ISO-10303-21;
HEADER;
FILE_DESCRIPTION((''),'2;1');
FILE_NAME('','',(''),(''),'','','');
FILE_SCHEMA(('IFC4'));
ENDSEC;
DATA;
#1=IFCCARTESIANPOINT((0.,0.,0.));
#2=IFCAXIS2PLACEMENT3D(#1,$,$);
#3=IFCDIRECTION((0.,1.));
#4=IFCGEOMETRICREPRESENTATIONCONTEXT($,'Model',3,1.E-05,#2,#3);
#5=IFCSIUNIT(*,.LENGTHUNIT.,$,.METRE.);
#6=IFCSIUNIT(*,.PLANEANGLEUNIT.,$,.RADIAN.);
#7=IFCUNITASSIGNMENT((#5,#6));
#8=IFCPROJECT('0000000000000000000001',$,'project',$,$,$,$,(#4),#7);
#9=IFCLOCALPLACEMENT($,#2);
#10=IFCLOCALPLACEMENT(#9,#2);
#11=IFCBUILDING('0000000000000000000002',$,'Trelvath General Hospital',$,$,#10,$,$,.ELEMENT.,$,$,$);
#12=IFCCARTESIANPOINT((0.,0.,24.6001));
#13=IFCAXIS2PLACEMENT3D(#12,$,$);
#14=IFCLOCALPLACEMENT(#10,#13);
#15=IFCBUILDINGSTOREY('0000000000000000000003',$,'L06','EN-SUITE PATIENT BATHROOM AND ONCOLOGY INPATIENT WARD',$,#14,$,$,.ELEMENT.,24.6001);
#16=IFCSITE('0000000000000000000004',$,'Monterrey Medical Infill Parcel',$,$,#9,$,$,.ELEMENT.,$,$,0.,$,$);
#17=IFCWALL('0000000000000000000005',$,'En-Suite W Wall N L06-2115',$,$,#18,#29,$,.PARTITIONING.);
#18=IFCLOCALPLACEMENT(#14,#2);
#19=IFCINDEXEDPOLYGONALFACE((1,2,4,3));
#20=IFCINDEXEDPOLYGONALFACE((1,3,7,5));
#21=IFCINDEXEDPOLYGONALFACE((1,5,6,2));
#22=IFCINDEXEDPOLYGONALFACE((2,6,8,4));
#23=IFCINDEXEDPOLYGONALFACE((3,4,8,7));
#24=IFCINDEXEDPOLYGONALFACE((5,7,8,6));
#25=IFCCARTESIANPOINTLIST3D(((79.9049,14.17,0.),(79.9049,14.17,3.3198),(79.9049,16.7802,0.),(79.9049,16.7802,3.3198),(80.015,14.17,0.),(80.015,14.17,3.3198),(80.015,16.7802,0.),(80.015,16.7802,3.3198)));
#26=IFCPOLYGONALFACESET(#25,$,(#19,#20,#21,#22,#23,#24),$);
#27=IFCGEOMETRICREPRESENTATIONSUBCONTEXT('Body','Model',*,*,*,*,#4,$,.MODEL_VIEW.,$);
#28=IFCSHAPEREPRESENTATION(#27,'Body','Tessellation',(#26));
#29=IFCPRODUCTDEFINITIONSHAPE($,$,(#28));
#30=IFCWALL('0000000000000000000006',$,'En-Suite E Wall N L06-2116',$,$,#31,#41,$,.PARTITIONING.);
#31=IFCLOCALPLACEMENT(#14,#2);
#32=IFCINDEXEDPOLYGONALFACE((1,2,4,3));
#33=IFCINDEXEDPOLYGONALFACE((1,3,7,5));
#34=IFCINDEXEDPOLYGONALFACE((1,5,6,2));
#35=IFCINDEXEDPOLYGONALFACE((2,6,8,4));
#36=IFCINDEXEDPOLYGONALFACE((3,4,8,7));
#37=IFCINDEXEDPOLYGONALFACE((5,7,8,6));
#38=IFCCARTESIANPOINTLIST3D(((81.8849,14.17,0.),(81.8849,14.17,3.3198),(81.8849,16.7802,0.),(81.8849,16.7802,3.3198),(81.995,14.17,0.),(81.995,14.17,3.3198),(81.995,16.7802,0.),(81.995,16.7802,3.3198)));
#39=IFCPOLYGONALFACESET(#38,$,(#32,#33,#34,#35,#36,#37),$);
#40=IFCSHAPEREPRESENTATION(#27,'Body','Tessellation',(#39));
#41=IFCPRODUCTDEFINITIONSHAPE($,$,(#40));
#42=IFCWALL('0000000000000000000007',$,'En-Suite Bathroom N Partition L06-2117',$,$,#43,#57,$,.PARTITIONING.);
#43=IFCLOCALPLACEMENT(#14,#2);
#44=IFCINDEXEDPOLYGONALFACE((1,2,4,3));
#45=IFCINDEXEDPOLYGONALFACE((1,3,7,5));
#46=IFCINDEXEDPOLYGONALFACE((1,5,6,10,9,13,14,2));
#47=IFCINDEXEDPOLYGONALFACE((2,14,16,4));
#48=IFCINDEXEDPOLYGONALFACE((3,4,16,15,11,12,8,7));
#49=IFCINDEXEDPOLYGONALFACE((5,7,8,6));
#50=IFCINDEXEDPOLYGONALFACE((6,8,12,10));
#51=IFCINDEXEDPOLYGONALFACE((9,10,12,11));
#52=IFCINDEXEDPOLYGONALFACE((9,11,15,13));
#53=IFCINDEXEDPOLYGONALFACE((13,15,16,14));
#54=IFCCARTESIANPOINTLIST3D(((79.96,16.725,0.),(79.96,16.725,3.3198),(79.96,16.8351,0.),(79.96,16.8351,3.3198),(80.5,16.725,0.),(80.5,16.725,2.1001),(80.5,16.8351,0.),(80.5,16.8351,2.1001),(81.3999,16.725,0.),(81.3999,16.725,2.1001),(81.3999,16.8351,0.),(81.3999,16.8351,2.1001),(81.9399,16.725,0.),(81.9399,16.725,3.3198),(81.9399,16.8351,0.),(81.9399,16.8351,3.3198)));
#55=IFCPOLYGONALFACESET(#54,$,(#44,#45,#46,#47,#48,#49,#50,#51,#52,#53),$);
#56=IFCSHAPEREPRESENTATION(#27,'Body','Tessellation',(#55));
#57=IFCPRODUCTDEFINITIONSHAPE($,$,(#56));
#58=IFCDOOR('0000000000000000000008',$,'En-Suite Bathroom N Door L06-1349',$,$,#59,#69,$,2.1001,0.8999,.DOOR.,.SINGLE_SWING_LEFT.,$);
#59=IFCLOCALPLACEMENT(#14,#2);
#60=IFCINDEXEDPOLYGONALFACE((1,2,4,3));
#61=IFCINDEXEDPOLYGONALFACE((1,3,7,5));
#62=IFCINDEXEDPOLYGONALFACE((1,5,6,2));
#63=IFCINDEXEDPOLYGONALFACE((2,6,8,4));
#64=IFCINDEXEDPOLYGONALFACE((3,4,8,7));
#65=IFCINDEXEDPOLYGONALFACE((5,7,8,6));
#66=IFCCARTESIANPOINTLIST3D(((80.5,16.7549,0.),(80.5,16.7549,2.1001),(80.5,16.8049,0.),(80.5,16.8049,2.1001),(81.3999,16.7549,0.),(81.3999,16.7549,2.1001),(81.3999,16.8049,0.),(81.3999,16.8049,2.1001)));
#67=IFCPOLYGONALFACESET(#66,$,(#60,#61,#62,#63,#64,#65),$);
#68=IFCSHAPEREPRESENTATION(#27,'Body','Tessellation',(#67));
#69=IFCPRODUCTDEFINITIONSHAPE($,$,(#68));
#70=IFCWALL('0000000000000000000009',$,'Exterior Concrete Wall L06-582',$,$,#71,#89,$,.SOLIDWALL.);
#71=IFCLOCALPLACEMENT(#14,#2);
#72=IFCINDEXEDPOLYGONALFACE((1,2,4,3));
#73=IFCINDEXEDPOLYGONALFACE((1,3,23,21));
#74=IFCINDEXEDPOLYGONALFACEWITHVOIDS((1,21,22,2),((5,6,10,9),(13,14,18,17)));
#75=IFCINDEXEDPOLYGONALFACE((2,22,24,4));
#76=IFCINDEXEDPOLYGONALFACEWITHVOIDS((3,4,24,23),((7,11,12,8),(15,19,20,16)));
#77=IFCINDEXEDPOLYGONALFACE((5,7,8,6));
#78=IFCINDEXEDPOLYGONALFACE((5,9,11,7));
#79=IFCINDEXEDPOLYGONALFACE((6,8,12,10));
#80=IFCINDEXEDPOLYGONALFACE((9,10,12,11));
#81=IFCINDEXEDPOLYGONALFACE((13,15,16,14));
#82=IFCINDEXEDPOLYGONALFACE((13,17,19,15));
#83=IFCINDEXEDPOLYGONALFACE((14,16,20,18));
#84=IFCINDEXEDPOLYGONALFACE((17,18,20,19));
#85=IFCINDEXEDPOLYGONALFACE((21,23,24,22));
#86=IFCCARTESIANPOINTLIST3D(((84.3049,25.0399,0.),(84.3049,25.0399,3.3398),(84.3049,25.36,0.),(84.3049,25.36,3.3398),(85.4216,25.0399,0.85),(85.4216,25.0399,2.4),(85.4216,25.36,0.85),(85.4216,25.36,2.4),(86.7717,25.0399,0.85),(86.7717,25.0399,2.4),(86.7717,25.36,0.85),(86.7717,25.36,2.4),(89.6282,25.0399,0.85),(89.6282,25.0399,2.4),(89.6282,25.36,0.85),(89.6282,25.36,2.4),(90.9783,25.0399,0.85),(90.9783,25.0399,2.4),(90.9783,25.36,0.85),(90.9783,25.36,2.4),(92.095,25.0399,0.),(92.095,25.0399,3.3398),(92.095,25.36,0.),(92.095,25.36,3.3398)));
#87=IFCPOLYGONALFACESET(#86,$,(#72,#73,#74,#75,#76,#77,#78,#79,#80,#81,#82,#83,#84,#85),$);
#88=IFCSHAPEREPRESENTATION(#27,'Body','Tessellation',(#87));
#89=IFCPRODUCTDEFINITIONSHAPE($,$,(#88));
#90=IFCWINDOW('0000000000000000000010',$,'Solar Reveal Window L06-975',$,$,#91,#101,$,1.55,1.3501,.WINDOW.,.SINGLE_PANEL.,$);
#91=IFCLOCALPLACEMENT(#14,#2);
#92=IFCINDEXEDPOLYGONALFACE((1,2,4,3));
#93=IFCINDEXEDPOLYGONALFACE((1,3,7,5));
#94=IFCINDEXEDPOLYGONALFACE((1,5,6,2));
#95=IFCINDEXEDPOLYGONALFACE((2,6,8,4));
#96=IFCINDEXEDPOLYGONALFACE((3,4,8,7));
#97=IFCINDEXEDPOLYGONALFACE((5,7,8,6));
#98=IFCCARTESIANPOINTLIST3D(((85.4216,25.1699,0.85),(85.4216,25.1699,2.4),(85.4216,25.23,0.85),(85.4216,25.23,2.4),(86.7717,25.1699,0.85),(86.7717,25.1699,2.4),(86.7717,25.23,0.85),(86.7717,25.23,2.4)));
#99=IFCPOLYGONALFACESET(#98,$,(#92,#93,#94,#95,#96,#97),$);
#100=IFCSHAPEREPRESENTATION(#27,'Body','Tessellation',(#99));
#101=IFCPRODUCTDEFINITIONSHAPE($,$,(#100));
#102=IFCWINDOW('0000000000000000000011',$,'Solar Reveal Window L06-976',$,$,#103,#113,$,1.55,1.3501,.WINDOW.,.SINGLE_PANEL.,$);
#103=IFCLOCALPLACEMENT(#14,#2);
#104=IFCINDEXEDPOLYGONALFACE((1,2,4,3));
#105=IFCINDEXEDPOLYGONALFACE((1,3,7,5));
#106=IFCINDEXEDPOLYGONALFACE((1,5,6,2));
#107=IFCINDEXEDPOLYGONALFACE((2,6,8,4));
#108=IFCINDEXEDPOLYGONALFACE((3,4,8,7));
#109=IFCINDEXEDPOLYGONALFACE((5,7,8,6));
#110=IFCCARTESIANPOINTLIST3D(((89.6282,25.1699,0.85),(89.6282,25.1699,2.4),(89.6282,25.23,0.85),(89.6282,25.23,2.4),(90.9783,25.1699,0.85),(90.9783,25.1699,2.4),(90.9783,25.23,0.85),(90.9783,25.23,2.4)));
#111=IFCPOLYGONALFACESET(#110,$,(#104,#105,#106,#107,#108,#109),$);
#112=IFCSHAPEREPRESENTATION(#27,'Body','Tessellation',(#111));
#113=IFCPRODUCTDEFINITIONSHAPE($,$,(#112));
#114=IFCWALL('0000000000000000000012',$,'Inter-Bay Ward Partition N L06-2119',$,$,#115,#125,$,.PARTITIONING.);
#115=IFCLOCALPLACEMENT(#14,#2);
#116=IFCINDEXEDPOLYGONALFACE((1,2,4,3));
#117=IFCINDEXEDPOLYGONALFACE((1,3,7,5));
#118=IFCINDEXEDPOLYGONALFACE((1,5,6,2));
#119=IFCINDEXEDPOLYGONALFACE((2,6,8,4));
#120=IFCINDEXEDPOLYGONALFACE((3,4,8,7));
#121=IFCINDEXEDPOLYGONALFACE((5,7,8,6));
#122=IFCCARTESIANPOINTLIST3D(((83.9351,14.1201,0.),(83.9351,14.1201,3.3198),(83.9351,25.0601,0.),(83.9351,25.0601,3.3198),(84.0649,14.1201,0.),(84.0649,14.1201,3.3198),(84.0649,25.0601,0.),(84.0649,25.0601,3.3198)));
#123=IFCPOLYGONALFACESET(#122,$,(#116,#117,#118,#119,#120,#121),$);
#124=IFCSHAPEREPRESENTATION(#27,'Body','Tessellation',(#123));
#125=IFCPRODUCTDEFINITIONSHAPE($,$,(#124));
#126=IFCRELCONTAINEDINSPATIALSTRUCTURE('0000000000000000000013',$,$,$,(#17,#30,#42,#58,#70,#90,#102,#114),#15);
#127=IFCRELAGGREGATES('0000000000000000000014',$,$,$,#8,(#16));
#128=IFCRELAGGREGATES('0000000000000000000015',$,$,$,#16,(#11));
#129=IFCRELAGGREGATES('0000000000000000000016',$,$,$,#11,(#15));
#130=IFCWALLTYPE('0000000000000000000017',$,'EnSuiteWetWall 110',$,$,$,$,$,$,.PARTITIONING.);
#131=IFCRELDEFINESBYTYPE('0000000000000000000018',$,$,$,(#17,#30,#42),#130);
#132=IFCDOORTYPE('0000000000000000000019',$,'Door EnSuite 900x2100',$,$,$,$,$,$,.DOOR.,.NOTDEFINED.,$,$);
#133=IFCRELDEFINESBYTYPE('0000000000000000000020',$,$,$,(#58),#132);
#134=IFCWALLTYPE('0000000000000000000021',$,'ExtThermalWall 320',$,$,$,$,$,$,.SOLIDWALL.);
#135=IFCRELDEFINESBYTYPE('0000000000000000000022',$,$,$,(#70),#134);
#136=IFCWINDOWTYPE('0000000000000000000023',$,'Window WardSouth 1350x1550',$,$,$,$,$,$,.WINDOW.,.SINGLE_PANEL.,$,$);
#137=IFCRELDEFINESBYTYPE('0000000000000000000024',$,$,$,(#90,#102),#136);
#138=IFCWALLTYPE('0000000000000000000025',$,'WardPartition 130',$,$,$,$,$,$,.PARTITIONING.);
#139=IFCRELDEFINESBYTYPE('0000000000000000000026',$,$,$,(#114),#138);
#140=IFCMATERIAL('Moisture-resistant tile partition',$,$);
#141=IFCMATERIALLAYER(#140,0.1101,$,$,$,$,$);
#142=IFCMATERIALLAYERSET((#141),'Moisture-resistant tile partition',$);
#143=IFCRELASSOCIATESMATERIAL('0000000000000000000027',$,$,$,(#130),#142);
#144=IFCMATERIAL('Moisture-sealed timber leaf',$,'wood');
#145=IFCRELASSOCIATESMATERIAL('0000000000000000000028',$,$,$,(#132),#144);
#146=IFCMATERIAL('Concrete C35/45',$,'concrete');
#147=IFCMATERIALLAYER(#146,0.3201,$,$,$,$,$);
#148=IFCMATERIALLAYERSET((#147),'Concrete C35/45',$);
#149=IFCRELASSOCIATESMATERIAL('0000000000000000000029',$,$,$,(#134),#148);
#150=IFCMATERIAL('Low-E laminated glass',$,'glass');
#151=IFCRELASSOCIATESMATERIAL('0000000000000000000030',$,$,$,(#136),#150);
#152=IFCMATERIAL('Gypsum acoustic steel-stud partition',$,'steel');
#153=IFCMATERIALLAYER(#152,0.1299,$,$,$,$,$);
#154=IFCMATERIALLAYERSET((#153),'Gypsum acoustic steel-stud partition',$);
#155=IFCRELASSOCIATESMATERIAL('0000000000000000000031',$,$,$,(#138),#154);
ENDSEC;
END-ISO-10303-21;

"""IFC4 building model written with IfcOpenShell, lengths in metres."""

from ifc_helpers import new_model, si_unit, direction, frame, frame_2d, origin, place, context, subcontext, project, spatial, rectangle, extrude, material, layer, layer_set, type_object, element, fill, save


model = new_model("IFC4")

# Units and contexts
model_context = context("Model", 3, precision=1e-05, world=origin(), true_north=direction((0.0, 1.0)))
body_context = subcontext(model_context, "Body", "Model", "MODEL_VIEW")
ifc_project = project(units=[si_unit("LENGTHUNIT", "METRE"), si_unit("PLANEANGLEUNIT", "RADIAN")], contexts=[model_context])

# Site, building, storey
site_placement = place(None, origin())
site = spatial("IfcSite", under=ifc_project, at=site_placement, Name="Monterrey Medical Infill Parcel", CompositionType="ELEMENT", RefElevation=0.0)
building_placement = place(site_placement, origin())
building = spatial("IfcBuilding", under=site, at=building_placement, Name="Trelvath General Hospital", CompositionType="ELEMENT")
storey_placement = place(building_placement, frame((0.0, 0.0, 24.6001)))
storey = spatial("IfcBuildingStorey", under=building, at=storey_placement, Name="L06", Description="EN-SUITE PATIENT BATHROOM AND ONCOLOGY INPATIENT WARD", CompositionType="ELEMENT", Elevation=24.6001)

# Walls
ifc_material_1 = material(Name="Moisture-resistant tile partition")
ifc_layer_1 = layer(ifc_material_1, 0.1101)
ifc_layer_set_1 = layer_set([ifc_layer_1], Name="Moisture-resistant tile partition")
wall_type_1 = type_object("IfcWallType", Name="EnSuiteWetWall 110", PredefinedType="PARTITIONING", material=ifc_layer_set_1)
for number, where, z_axis, x_axis, name in (
    (1, (79.96, 14.1699, 0.0), (0.0, 0.0, 1.0), (0.0, 1.0, 0.0), "En-Suite W Wall N L06-2115"),
    (2, (81.9399, 14.1699, 0.0), (0.0, 0.0, 1.0), (0.0, 1.0, 0.0), "En-Suite E Wall N L06-2116"),
):
    element("IfcWall", number, at=place(storey_placement, frame(where, z_axis=z_axis, x_axis=x_axis)), inside=storey, type_object=wall_type_1, Name=name, PredefinedType="PARTITIONING", context=body_context, shape_type="SweptSolid", body=[
        extrude(rectangle(XDim=2.6101, YDim=0.1101, at=frame_2d((1.3052, 0.0))), origin(), (0.0, 0.0, 1.0), 3.3198),
    ])

# Wall, opening, door
wall_1_placement = place(storey_placement, frame((79.96, 16.78, 0.0), z_axis=(0.0, 0.0, 1.0), x_axis=(1.0, 0.0, 0.0)))
wall_1 = element("IfcWall", 3, at=wall_1_placement, inside=storey, type_object=wall_type_1, Name="En-Suite Bathroom N Partition L06-2117", PredefinedType="PARTITIONING", context=body_context, shape_type="SweptSolid", body=[
    extrude(rectangle(XDim=1.98, YDim=0.1101, at=frame_2d((0.99, 0.0))), origin(), (0.0, 0.0, 1.0), 3.3198),
])
opening_1_placement = place(wall_1_placement, frame((0.54, 0.0, 0.0)))
opening_1 = element("IfcOpeningElement", 4, at=opening_1_placement, cuts=wall_1, PredefinedType="OPENING", context=body_context, shape_type="SweptSolid", body=[
    extrude(rectangle(XDim=0.8999, YDim=2.1001, at=frame_2d((0.45, 1.05))), frame((0.0, 0.0649, 0.0), z_axis=(0.0, -1.0, 0.0), x_axis=(1.0, 0.0, 0.0)), (0.0, 0.0, 1.0), 0.1301),
])
ifc_material_2 = material(Name="Moisture-sealed timber leaf", Category="wood")
door_type_1 = type_object("IfcDoorType", Name="Door EnSuite 900x2100", OperationType="NOTDEFINED", PredefinedType="DOOR", material=ifc_material_2)
door_1_placement = place(opening_1_placement, origin())
door_1 = element("IfcDoor", 5, at=door_1_placement, inside=storey, type_object=door_type_1, Name="En-Suite Bathroom N Door L06-1349", OperationType="SINGLE_SWING_LEFT", OverallHeight=2.1001, OverallWidth=0.8999, PredefinedType="DOOR", context=body_context, shape_type="SweptSolid", body=[
    extrude(rectangle(XDim=0.8999, YDim=2.1001, at=frame_2d((0.45, 1.05))), frame((0.0, 0.0249, 0.0), z_axis=(0.0, -1.0, 0.0), x_axis=(1.0, 0.0, 0.0)), (0.0, 0.0, 1.0), 0.05),
])
fill(opening_1, door_1)

# Wall, openings, windows
ifc_material_3 = material(Name="Concrete C35/45", Category="concrete")
ifc_layer_2 = layer(ifc_material_3, 0.3201)
ifc_layer_set_2 = layer_set([ifc_layer_2], Name="Concrete C35/45")
wall_type_2 = type_object("IfcWallType", Name="ExtThermalWall 320", PredefinedType="SOLIDWALL", material=ifc_layer_set_2)
wall_2_placement = place(storey_placement, frame((84.3049, 25.2, 0.0), z_axis=(0.0, 0.0, 1.0), x_axis=(1.0, 0.0, 0.0)))
wall_2 = element("IfcWall", 6, at=wall_2_placement, inside=storey, type_object=wall_type_2, Name="Exterior Concrete Wall L06-582", PredefinedType="SOLIDWALL", context=body_context, shape_type="SweptSolid", body=[
    extrude(rectangle(XDim=7.79, YDim=0.3201, at=frame_2d((3.895, 0.0))), origin(), (0.0, 0.0, 1.0), 3.3398),
])
opening_2_placement = place(wall_2_placement, frame((1.1167, 0.0, 0.8501)))
opening_2 = element("IfcOpeningElement", 7, at=opening_2_placement, cuts=wall_2, PredefinedType="OPENING", context=body_context, shape_type="SweptSolid", body=[
    extrude(rectangle(XDim=1.3501, YDim=1.55, at=frame_2d((0.675, 0.7749))), frame((0.0, 0.1699, 0.0), z_axis=(0.0, -1.0, 0.0), x_axis=(1.0, 0.0, 0.0)), (0.0, 0.0, 1.0), 0.3401),
])
opening_3_placement = place(wall_2_placement, frame((5.3232, 0.0, 0.8501)))
opening_3 = element("IfcOpeningElement", 8, at=opening_3_placement, cuts=wall_2, PredefinedType="OPENING", context=body_context, shape_type="SweptSolid", body=[
    extrude(rectangle(XDim=1.3501, YDim=1.55, at=frame_2d((0.675, 0.7749))), frame((0.0, 0.1699, 0.0), z_axis=(0.0, -1.0, 0.0), x_axis=(1.0, 0.0, 0.0)), (0.0, 0.0, 1.0), 0.3401),
])
ifc_material_4 = material(Name="Low-E laminated glass", Category="glass")
window_type = type_object("IfcWindowType", Name="Window WardSouth 1350x1550", PartitioningType="SINGLE_PANEL", PredefinedType="WINDOW", material=ifc_material_4)
window_1_placement = place(opening_2_placement, origin())
window_1 = element("IfcWindow", 9, at=window_1_placement, inside=storey, type_object=window_type, Name="Solar Reveal Window L06-975", OverallHeight=1.55, OverallWidth=1.3501, PartitioningType="SINGLE_PANEL", PredefinedType="WINDOW", context=body_context, shape_type="SweptSolid", body=[
    extrude(rectangle(XDim=1.3501, YDim=1.55, at=frame_2d((0.675, 0.7749))), frame((0.0, 0.03, 0.0), z_axis=(0.0, -1.0, 0.0), x_axis=(1.0, 0.0, 0.0)), (0.0, 0.0, 1.0), 0.0601),
])
fill(opening_2, window_1)
window_2_placement = place(opening_3_placement, origin())
window_2 = element("IfcWindow", 10, at=window_2_placement, inside=storey, type_object=window_type, Name="Solar Reveal Window L06-976", OverallHeight=1.55, OverallWidth=1.3501, PartitioningType="SINGLE_PANEL", PredefinedType="WINDOW", context=body_context, shape_type="SweptSolid", body=[
    extrude(rectangle(XDim=1.3501, YDim=1.55, at=frame_2d((0.675, 0.7749))), frame((0.0, 0.03, 0.0), z_axis=(0.0, -1.0, 0.0), x_axis=(1.0, 0.0, 0.0)), (0.0, 0.0, 1.0), 0.0601),
])
fill(opening_3, window_2)

# Wall
ifc_material_5 = material(Name="Gypsum acoustic steel-stud partition", Category="steel")
ifc_layer_3 = layer(ifc_material_5, 0.1299)
ifc_layer_set_3 = layer_set([ifc_layer_3], Name="Gypsum acoustic steel-stud partition")
wall_type_3 = type_object("IfcWallType", Name="WardPartition 130", PredefinedType="PARTITIONING", material=ifc_layer_set_3)
wall_3_placement = place(storey_placement, frame((84.0, 14.1201, 0.0), z_axis=(0.0, 0.0, 1.0), x_axis=(0.0, 1.0, 0.0)))
element("IfcWall", 11, at=wall_3_placement, inside=storey, type_object=wall_type_3, Name="Inter-Bay Ward Partition N L06-2119", PredefinedType="PARTITIONING", context=body_context, shape_type="SweptSolid", body=[
    extrude(rectangle(XDim=10.9399, YDim=0.1299, at=frame_2d((5.47, 0.0))), origin(), (0.0, 0.0, 1.0), 3.3198),
])

save(model, "model.ifc")
